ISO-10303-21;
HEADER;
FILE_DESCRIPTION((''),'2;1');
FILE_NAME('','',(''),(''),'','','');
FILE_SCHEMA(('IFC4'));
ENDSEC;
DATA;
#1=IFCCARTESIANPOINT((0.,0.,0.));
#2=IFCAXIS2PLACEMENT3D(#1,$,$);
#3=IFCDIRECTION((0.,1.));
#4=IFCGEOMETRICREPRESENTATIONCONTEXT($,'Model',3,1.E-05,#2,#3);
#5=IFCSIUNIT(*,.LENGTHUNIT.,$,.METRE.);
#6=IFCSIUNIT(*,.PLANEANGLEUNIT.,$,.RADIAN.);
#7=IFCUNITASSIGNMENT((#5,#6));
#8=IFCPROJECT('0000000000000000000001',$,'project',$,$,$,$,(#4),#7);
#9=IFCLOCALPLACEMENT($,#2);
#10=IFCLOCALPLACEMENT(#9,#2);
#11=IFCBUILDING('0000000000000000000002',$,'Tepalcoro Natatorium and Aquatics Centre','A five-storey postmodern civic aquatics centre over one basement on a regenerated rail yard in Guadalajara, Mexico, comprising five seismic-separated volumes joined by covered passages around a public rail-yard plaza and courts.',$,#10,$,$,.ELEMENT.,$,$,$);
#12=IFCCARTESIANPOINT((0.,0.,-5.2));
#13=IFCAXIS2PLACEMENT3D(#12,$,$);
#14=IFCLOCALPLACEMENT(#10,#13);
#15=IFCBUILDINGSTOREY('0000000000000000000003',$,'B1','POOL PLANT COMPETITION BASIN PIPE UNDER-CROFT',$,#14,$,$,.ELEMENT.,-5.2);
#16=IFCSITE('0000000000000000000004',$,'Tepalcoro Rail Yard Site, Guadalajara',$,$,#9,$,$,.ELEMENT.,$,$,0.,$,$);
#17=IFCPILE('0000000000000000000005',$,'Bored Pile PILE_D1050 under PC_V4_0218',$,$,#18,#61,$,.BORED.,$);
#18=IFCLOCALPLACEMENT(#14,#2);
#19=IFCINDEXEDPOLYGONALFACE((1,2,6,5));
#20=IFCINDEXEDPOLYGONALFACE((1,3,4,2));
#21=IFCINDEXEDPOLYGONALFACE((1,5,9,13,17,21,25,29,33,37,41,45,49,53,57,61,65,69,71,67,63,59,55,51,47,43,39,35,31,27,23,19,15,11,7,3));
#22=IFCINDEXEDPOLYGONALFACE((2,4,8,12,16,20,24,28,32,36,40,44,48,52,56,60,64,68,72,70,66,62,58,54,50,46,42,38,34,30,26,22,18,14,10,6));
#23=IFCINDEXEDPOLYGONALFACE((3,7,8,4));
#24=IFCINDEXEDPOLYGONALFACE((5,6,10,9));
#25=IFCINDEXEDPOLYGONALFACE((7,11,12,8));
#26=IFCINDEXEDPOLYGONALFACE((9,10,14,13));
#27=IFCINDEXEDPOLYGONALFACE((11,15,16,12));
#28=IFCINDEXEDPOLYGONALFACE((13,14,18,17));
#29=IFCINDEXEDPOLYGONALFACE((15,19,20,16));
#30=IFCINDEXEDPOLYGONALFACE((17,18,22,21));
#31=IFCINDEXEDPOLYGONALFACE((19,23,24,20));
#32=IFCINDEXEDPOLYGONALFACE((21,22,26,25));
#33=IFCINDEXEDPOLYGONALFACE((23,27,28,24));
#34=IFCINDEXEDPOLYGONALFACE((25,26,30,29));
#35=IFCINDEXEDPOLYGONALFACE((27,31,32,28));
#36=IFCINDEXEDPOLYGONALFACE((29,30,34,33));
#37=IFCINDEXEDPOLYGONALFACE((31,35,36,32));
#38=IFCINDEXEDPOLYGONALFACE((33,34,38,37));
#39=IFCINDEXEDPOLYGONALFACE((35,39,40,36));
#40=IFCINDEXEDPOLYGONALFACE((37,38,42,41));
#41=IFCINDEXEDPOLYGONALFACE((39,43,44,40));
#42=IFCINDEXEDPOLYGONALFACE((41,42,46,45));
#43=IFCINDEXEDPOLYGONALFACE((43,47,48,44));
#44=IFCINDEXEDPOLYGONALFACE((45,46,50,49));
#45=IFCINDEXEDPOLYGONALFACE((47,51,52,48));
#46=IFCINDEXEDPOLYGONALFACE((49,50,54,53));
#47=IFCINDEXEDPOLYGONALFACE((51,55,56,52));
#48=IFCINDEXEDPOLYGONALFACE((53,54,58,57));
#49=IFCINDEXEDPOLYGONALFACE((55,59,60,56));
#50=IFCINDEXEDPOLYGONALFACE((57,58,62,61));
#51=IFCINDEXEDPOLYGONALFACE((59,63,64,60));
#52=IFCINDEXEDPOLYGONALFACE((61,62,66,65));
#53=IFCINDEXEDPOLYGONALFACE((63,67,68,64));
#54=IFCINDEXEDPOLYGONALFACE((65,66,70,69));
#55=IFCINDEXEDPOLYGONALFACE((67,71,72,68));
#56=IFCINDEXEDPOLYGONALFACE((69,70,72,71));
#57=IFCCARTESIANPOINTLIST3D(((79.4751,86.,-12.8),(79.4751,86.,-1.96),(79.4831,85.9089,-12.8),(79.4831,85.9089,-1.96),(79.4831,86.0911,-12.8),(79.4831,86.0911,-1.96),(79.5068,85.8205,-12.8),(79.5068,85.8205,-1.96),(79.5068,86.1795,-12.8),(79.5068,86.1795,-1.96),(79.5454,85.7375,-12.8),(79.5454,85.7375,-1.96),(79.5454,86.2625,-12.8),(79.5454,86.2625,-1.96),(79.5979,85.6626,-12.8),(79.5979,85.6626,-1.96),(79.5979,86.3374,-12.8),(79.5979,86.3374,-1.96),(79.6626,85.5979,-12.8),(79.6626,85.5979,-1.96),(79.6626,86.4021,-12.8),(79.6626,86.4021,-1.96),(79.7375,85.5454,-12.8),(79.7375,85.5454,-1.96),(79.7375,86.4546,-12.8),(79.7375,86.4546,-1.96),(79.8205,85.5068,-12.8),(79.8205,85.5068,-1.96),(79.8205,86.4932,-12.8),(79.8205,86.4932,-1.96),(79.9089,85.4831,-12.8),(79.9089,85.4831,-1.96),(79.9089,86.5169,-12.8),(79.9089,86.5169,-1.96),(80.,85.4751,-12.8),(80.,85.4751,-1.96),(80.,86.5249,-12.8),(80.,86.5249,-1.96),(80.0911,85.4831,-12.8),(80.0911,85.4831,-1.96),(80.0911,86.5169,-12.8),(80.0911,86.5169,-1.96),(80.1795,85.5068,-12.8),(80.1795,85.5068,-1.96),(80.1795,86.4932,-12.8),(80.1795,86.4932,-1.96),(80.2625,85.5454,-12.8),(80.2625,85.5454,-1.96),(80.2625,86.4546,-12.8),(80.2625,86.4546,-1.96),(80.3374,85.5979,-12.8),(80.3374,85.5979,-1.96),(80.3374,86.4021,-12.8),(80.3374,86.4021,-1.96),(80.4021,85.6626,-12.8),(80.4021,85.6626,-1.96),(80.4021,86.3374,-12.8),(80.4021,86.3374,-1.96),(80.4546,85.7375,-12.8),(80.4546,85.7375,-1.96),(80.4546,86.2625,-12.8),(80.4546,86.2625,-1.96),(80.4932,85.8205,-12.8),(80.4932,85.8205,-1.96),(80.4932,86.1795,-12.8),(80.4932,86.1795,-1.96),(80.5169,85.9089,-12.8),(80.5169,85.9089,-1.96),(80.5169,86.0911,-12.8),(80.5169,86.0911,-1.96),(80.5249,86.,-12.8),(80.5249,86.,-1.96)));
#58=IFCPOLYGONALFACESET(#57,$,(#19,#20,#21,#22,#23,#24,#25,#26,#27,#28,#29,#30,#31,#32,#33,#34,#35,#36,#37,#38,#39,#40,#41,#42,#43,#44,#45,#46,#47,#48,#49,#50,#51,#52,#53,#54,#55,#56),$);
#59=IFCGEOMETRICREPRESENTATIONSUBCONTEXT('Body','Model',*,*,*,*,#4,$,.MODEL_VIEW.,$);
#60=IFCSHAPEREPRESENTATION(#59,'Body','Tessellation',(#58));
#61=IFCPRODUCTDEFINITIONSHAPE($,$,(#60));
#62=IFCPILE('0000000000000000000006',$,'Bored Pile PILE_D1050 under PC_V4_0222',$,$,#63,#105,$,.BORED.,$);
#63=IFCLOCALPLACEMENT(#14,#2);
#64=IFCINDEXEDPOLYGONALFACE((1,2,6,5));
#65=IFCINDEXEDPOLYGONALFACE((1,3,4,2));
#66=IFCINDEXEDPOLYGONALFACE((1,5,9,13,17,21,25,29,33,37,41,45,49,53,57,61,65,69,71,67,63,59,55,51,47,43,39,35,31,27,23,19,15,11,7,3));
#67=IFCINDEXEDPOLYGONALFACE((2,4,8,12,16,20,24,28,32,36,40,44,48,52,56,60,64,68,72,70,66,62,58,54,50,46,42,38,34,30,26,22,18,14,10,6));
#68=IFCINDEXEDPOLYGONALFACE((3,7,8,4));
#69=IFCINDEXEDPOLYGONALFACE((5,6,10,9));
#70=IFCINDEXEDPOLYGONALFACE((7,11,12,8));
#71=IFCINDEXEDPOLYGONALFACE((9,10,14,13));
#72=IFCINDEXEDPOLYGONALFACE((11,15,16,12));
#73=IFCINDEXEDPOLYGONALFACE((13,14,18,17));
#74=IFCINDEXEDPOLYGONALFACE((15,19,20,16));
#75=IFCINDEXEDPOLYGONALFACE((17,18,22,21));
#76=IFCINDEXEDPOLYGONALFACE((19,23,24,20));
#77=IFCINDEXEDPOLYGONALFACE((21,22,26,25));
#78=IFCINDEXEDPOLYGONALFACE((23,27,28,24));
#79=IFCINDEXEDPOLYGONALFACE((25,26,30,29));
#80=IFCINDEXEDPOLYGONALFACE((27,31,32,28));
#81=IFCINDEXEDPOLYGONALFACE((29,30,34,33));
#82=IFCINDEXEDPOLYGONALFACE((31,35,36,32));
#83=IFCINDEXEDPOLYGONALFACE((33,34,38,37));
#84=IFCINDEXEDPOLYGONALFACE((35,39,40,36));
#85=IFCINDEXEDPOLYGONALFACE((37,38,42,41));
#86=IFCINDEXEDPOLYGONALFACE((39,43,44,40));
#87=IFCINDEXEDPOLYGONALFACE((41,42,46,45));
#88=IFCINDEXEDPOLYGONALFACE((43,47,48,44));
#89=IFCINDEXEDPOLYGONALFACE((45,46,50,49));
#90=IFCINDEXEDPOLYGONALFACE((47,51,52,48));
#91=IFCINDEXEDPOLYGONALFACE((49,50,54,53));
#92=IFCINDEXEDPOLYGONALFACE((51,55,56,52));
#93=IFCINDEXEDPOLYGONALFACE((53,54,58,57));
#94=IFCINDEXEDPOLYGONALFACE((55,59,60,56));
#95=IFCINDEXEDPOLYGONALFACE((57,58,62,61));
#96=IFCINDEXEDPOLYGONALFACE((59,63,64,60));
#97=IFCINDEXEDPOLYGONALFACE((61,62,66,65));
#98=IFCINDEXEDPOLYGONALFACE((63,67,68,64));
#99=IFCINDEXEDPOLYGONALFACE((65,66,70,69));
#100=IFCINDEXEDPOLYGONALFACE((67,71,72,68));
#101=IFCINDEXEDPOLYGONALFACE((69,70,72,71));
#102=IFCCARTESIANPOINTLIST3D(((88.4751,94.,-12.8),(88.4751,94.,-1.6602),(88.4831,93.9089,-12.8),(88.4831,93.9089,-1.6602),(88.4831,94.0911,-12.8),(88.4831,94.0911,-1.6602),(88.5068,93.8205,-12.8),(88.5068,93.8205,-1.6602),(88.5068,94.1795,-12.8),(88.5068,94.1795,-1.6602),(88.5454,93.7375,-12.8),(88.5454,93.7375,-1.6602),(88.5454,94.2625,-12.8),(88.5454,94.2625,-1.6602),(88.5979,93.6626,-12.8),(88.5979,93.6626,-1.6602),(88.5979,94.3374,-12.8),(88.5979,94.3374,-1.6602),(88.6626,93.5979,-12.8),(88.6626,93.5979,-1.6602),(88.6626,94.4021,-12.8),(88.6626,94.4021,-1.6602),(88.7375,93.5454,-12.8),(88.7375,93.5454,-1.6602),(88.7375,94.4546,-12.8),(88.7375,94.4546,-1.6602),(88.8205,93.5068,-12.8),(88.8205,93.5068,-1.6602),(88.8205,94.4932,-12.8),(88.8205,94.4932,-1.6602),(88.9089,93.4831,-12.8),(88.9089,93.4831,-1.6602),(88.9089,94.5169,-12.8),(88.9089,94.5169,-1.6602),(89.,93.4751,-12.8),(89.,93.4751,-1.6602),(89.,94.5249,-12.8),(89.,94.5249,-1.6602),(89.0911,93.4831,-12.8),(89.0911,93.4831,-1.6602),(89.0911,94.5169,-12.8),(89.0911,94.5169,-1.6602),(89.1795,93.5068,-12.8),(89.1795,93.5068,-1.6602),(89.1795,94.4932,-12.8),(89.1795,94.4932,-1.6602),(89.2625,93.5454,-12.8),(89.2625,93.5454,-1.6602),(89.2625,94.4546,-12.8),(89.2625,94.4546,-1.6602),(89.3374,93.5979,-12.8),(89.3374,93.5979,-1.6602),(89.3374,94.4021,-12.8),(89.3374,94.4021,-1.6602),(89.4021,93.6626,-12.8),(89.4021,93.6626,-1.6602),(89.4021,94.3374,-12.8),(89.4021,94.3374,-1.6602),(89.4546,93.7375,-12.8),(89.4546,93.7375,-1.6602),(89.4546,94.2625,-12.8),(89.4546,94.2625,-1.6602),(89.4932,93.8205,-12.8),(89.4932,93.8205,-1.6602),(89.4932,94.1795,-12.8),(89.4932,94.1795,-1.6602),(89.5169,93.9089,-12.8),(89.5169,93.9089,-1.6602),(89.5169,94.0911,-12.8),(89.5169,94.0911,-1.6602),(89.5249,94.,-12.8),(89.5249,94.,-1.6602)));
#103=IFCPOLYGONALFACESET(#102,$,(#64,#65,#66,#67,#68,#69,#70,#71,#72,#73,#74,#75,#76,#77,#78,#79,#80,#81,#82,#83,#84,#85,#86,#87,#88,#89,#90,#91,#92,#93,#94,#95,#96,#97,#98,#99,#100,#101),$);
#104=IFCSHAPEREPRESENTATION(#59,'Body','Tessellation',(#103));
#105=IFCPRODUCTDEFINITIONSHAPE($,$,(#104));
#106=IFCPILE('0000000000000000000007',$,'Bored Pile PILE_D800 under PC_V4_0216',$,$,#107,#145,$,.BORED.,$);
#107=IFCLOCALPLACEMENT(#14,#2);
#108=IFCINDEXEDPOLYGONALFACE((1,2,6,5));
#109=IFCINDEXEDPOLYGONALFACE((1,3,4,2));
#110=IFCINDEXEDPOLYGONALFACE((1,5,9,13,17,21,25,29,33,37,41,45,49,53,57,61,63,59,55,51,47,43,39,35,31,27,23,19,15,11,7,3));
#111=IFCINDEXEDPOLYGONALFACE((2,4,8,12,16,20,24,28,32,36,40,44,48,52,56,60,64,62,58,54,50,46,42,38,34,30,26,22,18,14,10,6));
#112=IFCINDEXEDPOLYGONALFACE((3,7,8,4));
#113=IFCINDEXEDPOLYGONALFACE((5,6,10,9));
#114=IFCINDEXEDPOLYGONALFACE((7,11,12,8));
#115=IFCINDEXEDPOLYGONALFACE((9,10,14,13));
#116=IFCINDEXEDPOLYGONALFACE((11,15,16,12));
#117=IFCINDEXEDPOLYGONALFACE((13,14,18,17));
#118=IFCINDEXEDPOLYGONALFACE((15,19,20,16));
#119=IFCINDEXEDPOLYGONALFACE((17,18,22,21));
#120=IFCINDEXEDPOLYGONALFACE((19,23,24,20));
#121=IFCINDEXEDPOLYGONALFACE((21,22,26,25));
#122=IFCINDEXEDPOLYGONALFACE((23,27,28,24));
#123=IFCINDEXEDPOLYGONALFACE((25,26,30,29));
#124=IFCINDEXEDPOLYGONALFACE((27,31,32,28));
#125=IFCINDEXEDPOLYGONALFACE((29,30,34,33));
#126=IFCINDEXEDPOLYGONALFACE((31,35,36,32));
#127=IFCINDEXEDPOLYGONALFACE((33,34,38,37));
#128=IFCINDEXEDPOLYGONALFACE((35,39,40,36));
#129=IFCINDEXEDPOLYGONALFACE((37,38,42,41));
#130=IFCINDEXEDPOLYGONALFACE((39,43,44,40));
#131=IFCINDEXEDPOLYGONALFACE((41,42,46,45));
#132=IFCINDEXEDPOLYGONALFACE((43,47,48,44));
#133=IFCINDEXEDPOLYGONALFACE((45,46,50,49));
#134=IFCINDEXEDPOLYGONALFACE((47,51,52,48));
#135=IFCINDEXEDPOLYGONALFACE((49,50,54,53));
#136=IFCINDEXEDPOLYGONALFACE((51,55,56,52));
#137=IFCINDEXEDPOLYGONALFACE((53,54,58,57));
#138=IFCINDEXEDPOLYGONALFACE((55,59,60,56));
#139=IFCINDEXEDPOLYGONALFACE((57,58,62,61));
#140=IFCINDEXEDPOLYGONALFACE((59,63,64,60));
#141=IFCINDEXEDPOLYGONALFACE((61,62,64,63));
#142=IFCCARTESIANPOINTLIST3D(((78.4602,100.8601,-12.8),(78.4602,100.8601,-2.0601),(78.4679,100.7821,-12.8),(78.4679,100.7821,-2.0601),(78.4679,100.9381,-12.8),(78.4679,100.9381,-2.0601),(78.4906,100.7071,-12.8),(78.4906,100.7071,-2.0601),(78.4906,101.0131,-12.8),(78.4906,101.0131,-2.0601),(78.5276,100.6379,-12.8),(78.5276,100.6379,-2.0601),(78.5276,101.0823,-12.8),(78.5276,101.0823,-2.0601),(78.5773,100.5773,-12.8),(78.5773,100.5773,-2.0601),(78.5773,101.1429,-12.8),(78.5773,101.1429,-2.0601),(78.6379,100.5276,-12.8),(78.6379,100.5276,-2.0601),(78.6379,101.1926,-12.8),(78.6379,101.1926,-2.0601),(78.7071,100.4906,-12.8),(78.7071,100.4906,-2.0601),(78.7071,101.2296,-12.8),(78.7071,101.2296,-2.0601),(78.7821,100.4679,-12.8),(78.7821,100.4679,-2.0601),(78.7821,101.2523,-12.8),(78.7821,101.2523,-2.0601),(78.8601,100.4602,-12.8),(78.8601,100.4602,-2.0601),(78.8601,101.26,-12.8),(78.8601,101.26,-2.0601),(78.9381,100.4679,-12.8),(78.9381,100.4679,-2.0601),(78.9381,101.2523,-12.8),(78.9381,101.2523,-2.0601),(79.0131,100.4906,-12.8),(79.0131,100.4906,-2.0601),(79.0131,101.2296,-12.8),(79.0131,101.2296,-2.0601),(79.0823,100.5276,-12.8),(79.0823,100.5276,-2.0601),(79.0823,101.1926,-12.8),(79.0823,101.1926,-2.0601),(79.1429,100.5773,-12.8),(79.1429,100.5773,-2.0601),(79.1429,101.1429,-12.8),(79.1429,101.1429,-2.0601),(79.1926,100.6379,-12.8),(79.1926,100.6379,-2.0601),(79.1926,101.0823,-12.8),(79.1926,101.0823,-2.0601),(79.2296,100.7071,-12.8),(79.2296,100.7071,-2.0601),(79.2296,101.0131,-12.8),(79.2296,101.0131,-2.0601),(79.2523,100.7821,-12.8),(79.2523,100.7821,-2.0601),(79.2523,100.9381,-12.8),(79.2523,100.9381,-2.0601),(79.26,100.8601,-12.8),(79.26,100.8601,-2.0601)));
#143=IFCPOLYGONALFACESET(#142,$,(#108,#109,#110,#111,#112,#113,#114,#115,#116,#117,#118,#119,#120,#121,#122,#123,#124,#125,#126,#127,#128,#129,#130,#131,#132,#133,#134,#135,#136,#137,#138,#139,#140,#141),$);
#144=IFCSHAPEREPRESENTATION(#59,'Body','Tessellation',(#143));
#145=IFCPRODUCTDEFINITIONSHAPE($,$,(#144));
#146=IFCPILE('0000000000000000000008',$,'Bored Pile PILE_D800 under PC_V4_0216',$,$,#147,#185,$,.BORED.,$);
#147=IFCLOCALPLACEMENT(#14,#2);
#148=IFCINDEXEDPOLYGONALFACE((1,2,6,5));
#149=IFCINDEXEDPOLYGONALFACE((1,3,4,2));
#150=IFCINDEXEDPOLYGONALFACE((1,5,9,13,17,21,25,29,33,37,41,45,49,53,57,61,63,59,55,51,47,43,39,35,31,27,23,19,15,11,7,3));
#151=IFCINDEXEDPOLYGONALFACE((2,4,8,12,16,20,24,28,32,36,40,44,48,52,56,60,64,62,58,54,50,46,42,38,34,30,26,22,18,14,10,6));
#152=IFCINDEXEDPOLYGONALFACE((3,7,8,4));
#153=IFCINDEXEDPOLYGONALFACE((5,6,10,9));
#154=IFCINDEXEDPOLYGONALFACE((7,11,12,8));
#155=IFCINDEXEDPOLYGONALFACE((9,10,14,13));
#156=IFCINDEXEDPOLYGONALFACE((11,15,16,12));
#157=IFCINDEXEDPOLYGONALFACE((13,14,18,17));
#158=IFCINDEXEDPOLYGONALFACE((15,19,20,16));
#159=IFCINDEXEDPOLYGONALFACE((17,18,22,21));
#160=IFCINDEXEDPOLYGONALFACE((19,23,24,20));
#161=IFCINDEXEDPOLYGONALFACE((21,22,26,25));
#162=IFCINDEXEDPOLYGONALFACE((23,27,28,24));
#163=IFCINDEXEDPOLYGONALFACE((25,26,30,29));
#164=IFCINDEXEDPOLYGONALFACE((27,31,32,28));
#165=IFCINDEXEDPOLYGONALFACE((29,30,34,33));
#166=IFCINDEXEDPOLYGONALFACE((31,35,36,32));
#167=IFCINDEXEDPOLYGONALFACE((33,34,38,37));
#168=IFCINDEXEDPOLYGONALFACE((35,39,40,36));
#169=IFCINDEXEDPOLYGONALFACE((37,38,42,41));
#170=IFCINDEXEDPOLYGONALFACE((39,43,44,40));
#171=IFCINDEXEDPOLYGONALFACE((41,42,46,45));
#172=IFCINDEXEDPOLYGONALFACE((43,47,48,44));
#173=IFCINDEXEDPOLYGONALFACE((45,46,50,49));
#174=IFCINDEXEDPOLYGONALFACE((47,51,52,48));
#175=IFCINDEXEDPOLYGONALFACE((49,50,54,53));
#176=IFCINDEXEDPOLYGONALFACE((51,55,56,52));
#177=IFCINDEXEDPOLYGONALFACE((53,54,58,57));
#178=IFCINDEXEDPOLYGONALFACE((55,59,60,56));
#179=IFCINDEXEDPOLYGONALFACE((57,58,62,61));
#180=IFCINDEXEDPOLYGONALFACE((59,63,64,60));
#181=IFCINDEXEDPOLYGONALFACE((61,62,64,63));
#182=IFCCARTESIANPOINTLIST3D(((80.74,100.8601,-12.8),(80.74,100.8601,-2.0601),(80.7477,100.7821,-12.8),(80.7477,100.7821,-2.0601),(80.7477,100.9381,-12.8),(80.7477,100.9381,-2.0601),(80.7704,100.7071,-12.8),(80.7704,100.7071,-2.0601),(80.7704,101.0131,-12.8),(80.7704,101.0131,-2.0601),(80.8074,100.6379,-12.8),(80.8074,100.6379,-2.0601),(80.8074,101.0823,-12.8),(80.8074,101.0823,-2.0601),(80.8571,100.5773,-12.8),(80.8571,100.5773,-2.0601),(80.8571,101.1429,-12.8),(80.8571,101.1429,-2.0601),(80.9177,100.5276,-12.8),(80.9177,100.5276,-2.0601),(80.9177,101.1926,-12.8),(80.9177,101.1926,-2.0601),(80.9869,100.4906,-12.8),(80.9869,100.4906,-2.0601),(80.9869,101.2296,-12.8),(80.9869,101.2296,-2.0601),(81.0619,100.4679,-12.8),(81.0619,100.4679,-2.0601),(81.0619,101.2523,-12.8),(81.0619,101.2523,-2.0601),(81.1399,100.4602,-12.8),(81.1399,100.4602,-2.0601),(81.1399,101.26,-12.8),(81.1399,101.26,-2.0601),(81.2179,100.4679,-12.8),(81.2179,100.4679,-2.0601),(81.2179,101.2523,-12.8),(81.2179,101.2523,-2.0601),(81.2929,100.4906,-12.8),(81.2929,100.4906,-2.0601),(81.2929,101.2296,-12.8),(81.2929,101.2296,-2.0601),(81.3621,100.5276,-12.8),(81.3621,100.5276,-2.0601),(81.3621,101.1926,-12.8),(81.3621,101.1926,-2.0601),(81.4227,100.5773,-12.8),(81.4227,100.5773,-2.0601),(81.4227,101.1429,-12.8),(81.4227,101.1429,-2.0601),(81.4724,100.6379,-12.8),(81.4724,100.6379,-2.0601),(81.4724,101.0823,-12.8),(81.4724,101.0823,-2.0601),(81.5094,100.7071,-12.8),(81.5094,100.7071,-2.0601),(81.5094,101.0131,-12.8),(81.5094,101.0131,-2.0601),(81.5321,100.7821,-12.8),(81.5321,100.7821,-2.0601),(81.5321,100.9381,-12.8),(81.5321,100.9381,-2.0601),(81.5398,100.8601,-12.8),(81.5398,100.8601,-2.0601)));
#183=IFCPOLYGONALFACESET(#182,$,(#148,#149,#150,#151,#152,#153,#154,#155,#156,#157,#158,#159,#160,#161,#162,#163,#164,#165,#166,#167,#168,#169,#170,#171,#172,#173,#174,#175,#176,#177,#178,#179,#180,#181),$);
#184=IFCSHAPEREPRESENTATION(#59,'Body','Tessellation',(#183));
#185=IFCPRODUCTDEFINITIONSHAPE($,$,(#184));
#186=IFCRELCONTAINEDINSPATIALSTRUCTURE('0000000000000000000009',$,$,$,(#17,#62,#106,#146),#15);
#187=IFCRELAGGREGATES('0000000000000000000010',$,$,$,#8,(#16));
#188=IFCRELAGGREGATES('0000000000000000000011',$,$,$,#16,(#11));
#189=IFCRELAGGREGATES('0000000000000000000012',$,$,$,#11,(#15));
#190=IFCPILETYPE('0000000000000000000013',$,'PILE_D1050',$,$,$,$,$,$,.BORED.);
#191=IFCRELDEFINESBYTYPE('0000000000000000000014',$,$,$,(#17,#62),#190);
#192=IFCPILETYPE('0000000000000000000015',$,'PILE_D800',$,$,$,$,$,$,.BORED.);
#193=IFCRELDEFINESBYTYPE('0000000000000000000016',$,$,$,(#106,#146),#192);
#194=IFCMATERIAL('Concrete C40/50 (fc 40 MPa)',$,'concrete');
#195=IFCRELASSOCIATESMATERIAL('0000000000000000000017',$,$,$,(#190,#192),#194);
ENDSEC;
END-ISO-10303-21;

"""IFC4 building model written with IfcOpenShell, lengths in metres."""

from ifc_helpers import new_model, si_unit, direction, frame, origin, origin_2d, place, context, subcontext, project, spatial, circle, extrude, material, material_profile, profile_set, type_object, element, save


model = new_model("IFC4")

# Units and contexts
model_context = context("Model", 3, precision=1e-05, world=origin(), true_north=direction((0.0, 1.0)))
body_context = subcontext(model_context, "Body", "Model", "MODEL_VIEW")
ifc_project = project(units=[si_unit("LENGTHUNIT", "METRE"), si_unit("PLANEANGLEUNIT", "RADIAN")], contexts=[model_context])

# Site, building, storey
site_placement = place(None, origin())
site = spatial("IfcSite", under=ifc_project, at=site_placement, Name="Tepalcoro Rail Yard Site, Guadalajara", CompositionType="ELEMENT", RefElevation=0.0)
building_placement = place(site_placement, origin())
building = spatial("IfcBuilding", under=site, at=building_placement, Name="Tepalcoro Natatorium and Aquatics Centre", Description="A five-storey postmodern civic aquatics centre over one basement on a regenerated rail yard in Guadalajara, Mexico, comprising five seismic-separated volumes joined by covered passages around a public rail-yard plaza and courts.", CompositionType="ELEMENT")
storey_placement = place(building_placement, frame((0.0, 0.0, -5.2)))
storey = spatial("IfcBuildingStorey", under=building, at=storey_placement, Name="B1", Description="POOL PLANT COMPETITION BASIN PIPE UNDER-CROFT", CompositionType="ELEMENT", Elevation=-5.2)

# Piles
ifc_material_1 = material(Name="Concrete C40/50 (fc 40 MPa)", Category="concrete")
ifc_material_profile_1 = material_profile(ifc_material_1, circle(Radius=0.5249, at=origin_2d()), Name="PILE_D1050")
ifc_profile_set_1 = profile_set([ifc_material_profile_1], Name="Concrete C40/50 (fc 40 MPa)")
pile_type_1 = type_object("IfcPileType", Name="PILE_D1050", PredefinedType="BORED", material=ifc_profile_set_1)
pile_1_placement = place(storey_placement, frame((80.0, 86.0, -1.96), z_axis=(0.0, 0.0, -1.0), x_axis=(1.0, 0.0, 0.0)))
element("IfcPile", 1, at=pile_1_placement, inside=storey, type_object=pile_type_1, Name="Bored Pile PILE_D1050 under PC_V4_0218", PredefinedType="BORED", context=body_context, shape_type="SweptSolid", body=[
    extrude(circle(Radius=0.5249, at=origin_2d()), origin(), (0.0, 0.0, 1.0), 10.8401),
])
pile_2_placement = place(storey_placement, frame((89.0, 94.0, -1.6602), z_axis=(0.0, 0.0, -1.0), x_axis=(1.0, 0.0, 0.0)))
element("IfcPile", 2, at=pile_2_placement, inside=storey, type_object=pile_type_1, Name="Bored Pile PILE_D1050 under PC_V4_0222", PredefinedType="BORED", context=body_context, shape_type="SweptSolid", body=[
    extrude(circle(Radius=0.5249, at=origin_2d()), origin(), (0.0, 0.0, 1.0), 11.1399),
])
ifc_material_profile_2 = material_profile(ifc_material_1, circle(Radius=0.3999, at=origin_2d()), Name="PILE_D800")
ifc_profile_set_2 = profile_set([ifc_material_profile_2], Name="Concrete C40/50 (fc 40 MPa)")
pile_type_2 = type_object("IfcPileType", Name="PILE_D800", PredefinedType="BORED", material=ifc_profile_set_2)
for number, where, z_axis, x_axis, name in (
    (3, (78.8601, 100.8601, -2.0601), (0.0, 0.0, -1.0), (1.0, 0.0, 0.0), "Bored Pile PILE_D800 under PC_V4_0216"),
    (4, (81.1399, 100.8601, -2.0601), (0.0, 0.0, -1.0), (1.0, 0.0, 0.0), "Bored Pile PILE_D800 under PC_V4_0216"),
):
    element("IfcPile", number, at=place(storey_placement, frame(where, z_axis=z_axis, x_axis=x_axis)), inside=storey, type_object=pile_type_2, Name=name, PredefinedType="BORED", context=body_context, shape_type="SweptSolid", body=[
        extrude(circle(Radius=0.3999, at=origin_2d()), origin(), (0.0, 0.0, 1.0), 10.74),
    ])

save(model, "model.ifc")
